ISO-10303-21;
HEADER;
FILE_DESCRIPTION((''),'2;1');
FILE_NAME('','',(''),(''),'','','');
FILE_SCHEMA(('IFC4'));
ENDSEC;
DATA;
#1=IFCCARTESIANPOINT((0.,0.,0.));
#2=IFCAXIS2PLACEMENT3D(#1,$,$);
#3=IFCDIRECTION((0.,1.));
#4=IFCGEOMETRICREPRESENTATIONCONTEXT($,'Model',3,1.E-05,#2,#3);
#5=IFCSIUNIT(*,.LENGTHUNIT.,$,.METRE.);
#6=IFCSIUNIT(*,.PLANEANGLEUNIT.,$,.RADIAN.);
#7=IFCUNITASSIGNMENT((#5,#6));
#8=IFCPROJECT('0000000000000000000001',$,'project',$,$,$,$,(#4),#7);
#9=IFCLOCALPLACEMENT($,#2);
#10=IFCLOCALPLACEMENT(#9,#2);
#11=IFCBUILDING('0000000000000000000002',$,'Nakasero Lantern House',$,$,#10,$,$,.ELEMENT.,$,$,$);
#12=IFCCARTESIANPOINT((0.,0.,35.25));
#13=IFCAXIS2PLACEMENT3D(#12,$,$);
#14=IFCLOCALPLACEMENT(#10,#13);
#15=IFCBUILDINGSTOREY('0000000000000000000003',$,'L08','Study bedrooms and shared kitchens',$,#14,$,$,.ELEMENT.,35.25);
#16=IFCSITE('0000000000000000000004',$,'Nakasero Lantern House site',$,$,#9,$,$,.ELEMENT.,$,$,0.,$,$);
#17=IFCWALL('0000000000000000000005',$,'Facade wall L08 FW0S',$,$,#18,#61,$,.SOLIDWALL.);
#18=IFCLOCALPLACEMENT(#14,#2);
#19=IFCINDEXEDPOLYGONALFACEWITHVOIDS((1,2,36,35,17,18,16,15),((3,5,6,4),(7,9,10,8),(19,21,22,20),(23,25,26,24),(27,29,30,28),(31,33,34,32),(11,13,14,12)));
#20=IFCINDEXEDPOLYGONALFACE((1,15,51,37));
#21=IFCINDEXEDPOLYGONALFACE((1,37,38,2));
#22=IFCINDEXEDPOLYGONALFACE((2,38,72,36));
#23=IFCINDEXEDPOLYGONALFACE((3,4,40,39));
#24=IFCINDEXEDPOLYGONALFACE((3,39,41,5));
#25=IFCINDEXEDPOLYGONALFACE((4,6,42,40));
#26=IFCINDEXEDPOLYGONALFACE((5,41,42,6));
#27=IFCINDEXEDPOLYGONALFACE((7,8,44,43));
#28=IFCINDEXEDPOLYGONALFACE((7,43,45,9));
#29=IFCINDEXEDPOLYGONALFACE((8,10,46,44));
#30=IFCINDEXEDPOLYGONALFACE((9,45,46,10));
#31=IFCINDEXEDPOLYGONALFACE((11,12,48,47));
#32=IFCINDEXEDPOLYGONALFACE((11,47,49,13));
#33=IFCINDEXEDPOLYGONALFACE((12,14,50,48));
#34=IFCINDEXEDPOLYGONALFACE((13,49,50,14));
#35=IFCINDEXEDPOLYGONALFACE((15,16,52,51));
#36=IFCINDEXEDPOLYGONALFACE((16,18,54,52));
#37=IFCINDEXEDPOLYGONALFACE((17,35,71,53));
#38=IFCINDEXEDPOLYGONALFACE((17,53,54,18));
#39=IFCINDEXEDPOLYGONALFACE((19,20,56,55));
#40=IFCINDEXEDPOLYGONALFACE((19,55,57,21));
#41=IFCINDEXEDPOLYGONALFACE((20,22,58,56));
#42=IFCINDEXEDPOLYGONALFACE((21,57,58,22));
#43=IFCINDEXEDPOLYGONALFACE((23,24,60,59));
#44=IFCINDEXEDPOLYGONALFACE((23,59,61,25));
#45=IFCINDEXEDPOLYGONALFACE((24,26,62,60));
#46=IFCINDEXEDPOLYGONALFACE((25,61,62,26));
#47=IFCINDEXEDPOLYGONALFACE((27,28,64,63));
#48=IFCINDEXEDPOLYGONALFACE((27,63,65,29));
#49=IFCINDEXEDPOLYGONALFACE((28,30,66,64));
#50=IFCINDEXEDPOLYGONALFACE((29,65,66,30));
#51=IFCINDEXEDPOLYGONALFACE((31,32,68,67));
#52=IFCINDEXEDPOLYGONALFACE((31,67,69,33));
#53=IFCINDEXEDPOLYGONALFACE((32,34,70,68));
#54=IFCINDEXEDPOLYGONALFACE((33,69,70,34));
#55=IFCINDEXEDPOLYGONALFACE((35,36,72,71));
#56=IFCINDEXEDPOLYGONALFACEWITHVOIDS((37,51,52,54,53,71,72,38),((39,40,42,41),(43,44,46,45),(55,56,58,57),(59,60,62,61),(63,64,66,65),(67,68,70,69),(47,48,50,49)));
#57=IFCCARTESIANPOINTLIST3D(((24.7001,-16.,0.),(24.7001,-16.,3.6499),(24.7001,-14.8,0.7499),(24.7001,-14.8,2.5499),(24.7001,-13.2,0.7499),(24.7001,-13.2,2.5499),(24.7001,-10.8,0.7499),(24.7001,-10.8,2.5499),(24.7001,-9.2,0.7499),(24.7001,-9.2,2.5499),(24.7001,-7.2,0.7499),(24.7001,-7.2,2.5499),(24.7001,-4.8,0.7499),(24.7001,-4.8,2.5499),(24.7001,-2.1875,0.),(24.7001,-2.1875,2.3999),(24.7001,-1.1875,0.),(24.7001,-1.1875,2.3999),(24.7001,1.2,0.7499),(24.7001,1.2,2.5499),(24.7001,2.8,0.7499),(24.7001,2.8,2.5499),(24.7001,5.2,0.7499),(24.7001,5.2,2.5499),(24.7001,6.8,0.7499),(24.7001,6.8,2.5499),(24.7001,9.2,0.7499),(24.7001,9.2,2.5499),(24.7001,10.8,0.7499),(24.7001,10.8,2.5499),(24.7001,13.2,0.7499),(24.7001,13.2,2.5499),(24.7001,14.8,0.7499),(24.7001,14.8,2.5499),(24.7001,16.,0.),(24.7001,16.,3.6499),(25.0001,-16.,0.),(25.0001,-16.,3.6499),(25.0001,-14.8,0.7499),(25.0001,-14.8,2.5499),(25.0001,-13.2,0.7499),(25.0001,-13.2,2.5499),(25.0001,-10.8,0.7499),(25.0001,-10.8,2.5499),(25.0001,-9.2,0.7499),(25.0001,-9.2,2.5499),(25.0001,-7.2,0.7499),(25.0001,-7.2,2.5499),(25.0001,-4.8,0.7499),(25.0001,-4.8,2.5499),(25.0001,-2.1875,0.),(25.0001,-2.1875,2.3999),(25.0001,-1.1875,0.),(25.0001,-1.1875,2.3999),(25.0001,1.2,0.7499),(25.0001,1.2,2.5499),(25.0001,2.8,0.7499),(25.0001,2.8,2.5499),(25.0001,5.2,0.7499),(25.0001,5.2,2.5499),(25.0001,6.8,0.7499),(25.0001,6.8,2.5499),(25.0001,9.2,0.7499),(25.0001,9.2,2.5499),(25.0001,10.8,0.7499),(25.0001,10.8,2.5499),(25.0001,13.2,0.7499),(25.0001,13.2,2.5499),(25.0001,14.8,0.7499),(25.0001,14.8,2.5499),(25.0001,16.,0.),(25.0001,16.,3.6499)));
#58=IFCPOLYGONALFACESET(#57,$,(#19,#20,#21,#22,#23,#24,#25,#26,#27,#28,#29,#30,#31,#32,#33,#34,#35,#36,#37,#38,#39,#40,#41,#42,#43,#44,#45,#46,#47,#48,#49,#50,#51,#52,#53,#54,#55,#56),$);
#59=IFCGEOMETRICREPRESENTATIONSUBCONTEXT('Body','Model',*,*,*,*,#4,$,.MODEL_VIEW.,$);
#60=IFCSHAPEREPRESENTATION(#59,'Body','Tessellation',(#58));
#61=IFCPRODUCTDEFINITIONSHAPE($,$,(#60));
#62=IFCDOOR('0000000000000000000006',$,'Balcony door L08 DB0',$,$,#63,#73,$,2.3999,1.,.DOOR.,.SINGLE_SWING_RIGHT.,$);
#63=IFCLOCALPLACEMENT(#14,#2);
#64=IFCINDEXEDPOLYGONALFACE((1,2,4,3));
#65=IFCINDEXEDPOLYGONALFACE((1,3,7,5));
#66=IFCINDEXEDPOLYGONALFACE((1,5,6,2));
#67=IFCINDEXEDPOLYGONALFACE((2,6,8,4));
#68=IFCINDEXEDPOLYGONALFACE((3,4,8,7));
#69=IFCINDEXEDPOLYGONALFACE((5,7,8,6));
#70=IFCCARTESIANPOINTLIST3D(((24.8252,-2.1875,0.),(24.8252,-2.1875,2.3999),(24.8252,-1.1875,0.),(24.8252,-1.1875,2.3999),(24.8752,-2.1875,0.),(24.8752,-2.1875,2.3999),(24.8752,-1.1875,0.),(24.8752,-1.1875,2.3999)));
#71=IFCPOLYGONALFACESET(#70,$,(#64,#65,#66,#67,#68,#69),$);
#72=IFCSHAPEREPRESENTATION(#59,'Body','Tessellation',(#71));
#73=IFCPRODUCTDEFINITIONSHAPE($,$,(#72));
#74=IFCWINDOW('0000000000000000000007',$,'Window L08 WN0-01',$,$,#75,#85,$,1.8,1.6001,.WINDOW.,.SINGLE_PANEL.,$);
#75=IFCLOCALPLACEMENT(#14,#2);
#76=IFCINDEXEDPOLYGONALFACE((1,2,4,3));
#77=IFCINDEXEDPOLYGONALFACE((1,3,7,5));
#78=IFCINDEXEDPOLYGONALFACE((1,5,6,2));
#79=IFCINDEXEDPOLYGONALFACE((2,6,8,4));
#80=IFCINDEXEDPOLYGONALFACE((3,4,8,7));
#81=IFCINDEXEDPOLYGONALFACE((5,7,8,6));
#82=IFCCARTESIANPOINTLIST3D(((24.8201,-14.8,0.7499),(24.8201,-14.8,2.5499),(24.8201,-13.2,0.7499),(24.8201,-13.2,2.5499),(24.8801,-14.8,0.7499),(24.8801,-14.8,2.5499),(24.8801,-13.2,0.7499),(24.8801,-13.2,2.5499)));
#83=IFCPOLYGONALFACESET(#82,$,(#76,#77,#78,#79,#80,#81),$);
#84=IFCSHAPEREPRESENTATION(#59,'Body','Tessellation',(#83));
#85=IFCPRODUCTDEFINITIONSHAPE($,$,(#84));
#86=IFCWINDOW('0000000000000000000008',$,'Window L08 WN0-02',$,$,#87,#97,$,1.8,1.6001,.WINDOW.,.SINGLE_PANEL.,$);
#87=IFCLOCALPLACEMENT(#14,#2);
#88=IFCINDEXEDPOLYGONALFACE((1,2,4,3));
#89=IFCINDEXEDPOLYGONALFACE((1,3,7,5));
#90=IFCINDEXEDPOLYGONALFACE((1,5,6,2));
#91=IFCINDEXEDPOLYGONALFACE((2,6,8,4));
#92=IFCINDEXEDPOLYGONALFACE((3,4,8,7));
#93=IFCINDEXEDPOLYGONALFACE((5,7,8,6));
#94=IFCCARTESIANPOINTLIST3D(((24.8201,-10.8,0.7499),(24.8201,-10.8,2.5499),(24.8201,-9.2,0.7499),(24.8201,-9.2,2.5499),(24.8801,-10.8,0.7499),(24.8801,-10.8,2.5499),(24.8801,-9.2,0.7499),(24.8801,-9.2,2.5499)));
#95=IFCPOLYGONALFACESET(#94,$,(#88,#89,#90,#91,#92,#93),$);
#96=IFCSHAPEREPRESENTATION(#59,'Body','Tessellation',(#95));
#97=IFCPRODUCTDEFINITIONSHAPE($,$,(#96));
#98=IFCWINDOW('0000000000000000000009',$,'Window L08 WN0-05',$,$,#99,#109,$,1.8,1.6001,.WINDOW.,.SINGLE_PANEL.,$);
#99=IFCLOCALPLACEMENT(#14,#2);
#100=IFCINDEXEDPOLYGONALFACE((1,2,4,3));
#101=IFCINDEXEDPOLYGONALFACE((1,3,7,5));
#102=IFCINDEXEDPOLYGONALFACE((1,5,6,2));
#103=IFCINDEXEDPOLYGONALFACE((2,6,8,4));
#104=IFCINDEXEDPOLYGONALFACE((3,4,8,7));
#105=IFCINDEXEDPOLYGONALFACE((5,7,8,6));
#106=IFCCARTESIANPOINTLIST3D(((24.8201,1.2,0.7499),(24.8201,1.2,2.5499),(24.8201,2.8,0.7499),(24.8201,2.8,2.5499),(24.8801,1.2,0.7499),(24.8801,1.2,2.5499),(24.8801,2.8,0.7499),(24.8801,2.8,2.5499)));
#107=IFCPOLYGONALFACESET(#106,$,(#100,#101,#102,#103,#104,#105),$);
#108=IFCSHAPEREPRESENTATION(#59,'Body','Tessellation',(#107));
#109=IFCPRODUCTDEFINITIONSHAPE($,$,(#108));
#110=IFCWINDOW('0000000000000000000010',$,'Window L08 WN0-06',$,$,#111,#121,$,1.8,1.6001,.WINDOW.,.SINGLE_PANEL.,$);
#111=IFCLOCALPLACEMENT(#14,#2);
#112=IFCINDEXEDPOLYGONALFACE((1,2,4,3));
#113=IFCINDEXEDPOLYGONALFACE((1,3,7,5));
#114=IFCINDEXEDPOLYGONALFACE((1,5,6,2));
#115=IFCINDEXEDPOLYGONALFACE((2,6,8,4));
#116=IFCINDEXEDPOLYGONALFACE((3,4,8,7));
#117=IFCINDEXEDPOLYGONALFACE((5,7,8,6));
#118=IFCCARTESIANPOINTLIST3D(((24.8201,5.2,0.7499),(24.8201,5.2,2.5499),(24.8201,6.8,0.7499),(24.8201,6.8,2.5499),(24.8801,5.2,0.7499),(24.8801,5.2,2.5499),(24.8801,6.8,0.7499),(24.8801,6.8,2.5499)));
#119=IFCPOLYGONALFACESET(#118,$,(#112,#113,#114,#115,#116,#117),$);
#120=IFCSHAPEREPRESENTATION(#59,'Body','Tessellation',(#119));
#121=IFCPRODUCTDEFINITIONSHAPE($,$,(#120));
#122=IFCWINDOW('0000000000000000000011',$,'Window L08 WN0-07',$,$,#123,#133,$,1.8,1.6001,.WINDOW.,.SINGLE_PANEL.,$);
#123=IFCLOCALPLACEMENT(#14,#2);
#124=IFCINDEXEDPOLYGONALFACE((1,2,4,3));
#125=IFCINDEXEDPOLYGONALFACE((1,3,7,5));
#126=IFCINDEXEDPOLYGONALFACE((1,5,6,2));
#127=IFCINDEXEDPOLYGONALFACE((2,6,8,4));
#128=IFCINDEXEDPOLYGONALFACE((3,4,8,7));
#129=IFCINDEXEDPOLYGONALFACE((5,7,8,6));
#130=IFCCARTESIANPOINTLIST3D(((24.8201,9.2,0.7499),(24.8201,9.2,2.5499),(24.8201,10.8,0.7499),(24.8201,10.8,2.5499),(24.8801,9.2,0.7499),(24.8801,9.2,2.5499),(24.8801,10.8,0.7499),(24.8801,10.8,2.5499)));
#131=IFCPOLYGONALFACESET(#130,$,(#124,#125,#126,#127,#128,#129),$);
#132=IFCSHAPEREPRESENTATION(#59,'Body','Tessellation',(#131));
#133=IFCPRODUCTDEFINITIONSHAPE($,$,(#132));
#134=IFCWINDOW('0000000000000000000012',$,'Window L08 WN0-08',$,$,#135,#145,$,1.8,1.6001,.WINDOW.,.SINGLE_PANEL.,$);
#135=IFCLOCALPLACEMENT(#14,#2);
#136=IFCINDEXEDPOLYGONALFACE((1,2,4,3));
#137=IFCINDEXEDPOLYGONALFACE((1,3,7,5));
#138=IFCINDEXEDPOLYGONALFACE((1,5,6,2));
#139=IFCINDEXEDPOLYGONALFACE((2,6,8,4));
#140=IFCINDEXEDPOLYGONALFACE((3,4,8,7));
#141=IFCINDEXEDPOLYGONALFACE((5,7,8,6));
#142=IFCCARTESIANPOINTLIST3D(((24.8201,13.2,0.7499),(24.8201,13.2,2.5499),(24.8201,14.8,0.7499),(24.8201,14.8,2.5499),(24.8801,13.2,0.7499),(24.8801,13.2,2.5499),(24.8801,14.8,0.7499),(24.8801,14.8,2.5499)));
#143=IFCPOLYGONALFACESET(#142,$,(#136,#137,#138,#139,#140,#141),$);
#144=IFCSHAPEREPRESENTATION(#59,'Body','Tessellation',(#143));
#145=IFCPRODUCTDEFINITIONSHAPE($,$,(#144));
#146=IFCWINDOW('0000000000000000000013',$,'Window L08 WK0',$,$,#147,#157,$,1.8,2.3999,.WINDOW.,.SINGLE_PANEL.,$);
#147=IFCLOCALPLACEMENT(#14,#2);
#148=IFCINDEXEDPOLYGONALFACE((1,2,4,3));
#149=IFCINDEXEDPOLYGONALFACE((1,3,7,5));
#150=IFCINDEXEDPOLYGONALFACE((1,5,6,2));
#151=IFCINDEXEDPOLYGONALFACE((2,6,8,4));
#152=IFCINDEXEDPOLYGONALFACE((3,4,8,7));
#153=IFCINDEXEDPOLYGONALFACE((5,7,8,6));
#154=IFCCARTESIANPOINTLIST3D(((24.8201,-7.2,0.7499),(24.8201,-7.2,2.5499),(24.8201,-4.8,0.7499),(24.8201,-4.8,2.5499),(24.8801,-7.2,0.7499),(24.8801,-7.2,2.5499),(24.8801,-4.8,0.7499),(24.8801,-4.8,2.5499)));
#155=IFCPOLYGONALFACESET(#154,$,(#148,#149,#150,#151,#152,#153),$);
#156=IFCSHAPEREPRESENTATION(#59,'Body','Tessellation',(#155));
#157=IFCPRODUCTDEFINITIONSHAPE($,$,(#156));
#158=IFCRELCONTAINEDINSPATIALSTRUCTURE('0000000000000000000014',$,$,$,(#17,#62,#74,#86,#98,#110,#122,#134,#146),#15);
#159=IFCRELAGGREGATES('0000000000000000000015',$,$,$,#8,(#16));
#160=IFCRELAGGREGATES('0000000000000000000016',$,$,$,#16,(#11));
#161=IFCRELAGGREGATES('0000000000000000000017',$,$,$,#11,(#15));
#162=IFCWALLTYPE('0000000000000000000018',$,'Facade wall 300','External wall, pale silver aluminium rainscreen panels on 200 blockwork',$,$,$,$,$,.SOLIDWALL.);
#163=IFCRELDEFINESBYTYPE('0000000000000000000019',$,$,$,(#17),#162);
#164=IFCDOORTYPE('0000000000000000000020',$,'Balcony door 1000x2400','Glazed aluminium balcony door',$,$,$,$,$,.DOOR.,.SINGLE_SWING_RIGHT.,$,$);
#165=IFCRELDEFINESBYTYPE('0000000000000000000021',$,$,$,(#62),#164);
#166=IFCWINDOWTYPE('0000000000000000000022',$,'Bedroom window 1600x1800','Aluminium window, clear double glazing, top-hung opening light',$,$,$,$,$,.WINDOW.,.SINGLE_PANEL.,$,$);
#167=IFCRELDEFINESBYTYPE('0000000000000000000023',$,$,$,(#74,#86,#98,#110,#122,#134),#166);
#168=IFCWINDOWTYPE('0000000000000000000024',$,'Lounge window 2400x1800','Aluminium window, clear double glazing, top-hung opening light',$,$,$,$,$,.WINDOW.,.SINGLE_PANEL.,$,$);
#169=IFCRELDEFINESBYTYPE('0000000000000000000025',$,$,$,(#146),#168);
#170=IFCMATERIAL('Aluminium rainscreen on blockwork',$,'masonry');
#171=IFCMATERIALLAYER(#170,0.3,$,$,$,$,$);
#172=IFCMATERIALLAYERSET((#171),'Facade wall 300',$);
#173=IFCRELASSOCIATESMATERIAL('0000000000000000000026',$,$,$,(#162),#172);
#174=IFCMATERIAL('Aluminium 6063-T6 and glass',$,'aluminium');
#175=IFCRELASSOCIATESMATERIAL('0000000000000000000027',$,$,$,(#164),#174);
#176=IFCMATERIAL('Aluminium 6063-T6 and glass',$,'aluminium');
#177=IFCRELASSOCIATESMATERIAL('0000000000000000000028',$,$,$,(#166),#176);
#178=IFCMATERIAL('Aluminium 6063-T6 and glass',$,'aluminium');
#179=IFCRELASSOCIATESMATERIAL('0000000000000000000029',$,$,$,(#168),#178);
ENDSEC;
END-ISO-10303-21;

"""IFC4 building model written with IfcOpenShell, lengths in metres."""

from ifc_helpers import new_model, si_unit, direction, frame, frame_2d, origin, place, context, subcontext, project, spatial, rectangle, extrude, material, layer, layer_set, type_object, element, fill, save


model = new_model("IFC4")

# Units and contexts
model_context = context("Model", 3, precision=1e-05, world=origin(), true_north=direction((0.0, 1.0)))
body_context = subcontext(model_context, "Body", "Model", "MODEL_VIEW")
ifc_project = project(units=[si_unit("LENGTHUNIT", "METRE"), si_unit("PLANEANGLEUNIT", "RADIAN")], contexts=[model_context])

# Site, building, storey
site_placement = place(None, origin())
site = spatial("IfcSite", under=ifc_project, at=site_placement, Name="Nakasero Lantern House site", CompositionType="ELEMENT", RefElevation=0.0)
building_placement = place(site_placement, origin())
building = spatial("IfcBuilding", under=site, at=building_placement, Name="Nakasero Lantern House", CompositionType="ELEMENT")
storey_placement = place(building_placement, frame((0.0, 0.0, 35.25)))
storey = spatial("IfcBuildingStorey", under=building, at=storey_placement, Name="L08", Description="Study bedrooms and shared kitchens", CompositionType="ELEMENT", Elevation=35.25)

# Wall, openings, door, windows
ifc_material_1 = material(Name="Aluminium rainscreen on blockwork", Category="masonry")
ifc_layer_1 = layer(ifc_material_1, 0.3)
ifc_layer_set_1 = layer_set([ifc_layer_1], Name="Facade wall 300")
wall_type_1 = type_object("IfcWallType", Name="Facade wall 300", Description="External wall, pale silver aluminium rainscreen panels on 200 blockwork", PredefinedType="SOLIDWALL", material=ifc_layer_set_1)
wall_1_placement = place(storey_placement, frame((24.8501, -16.0, 0.0), z_axis=(0.0, 0.0, 1.0), x_axis=(0.0, 1.0, 0.0)))
wall_1 = element("IfcWall", 1, at=wall_1_placement, inside=storey, type_object=wall_type_1, Name="Facade wall L08 FW0S", PredefinedType="SOLIDWALL", context=body_context, shape_type="SweptSolid", body=[
    extrude(rectangle(XDim=32.0, YDim=0.3, at=frame_2d((16.0, 0.0))), origin(), (0.0, 0.0, 1.0), 3.6499),
])
opening_1_placement = place(wall_1_placement, frame((1.2, 0.0, 0.75)))
opening_1 = element("IfcOpeningElement", 2, at=opening_1_placement, cuts=wall_1, PredefinedType="OPENING", context=body_context, shape_type="SweptSolid", body=[
    extrude(rectangle(XDim=1.6001, YDim=1.8, at=frame_2d((0.8, 0.8999))), frame((0.0, 0.1699, 0.0), z_axis=(0.0, -1.0, 0.0), x_axis=(1.0, 0.0, 0.0)), (0.0, 0.0, 1.0), 0.3401),
])
opening_2_placement = place(wall_1_placement, frame((5.2, 0.0, 0.75)))
opening_2 = element("IfcOpeningElement", 3, at=opening_2_placement, cuts=wall_1, PredefinedType="OPENING", context=body_context, shape_type="SweptSolid", body=[
    extrude(rectangle(XDim=1.6001, YDim=1.8, at=frame_2d((0.8, 0.8999))), frame((0.0, 0.1699, 0.0), z_axis=(0.0, -1.0, 0.0), x_axis=(1.0, 0.0, 0.0)), (0.0, 0.0, 1.0), 0.3401),
])
opening_3_placement = place(wall_1_placement, frame((17.2, 0.0, 0.75)))
opening_3 = element("IfcOpeningElement", 4, at=opening_3_placement, cuts=wall_1, PredefinedType="OPENING", context=body_context, shape_type="SweptSolid", body=[
    extrude(rectangle(XDim=1.6001, YDim=1.8, at=frame_2d((0.8, 0.8999))), frame((0.0, 0.1699, 0.0), z_axis=(0.0, -1.0, 0.0), x_axis=(1.0, 0.0, 0.0)), (0.0, 0.0, 1.0), 0.3401),
])
opening_4_placement = place(wall_1_placement, frame((21.2, 0.0, 0.75)))
opening_4 = element("IfcOpeningElement", 5, at=opening_4_placement, cuts=wall_1, PredefinedType="OPENING", context=body_context, shape_type="SweptSolid", body=[
    extrude(rectangle(XDim=1.6001, YDim=1.8, at=frame_2d((0.8, 0.8999))), frame((0.0, 0.1699, 0.0), z_axis=(0.0, -1.0, 0.0), x_axis=(1.0, 0.0, 0.0)), (0.0, 0.0, 1.0), 0.3401),
])
opening_5_placement = place(wall_1_placement, frame((25.2, 0.0, 0.75)))
opening_5 = element("IfcOpeningElement", 6, at=opening_5_placement, cuts=wall_1, PredefinedType="OPENING", context=body_context, shape_type="SweptSolid", body=[
    extrude(rectangle(XDim=1.6001, YDim=1.8, at=frame_2d((0.8, 0.8999))), frame((0.0, 0.1699, 0.0), z_axis=(0.0, -1.0, 0.0), x_axis=(1.0, 0.0, 0.0)), (0.0, 0.0, 1.0), 0.3401),
])
opening_6_placement = place(wall_1_placement, frame((29.2, 0.0, 0.75)))
opening_6 = element("IfcOpeningElement", 7, at=opening_6_placement, cuts=wall_1, PredefinedType="OPENING", context=body_context, shape_type="SweptSolid", body=[
    extrude(rectangle(XDim=1.6001, YDim=1.8, at=frame_2d((0.8, 0.8999))), frame((0.0, 0.1699, 0.0), z_axis=(0.0, -1.0, 0.0), x_axis=(1.0, 0.0, 0.0)), (0.0, 0.0, 1.0), 0.3401),
])
opening_7_placement = place(wall_1_placement, frame((8.8, 0.0, 0.75)))
opening_7 = element("IfcOpeningElement", 8, at=opening_7_placement, cuts=wall_1, PredefinedType="OPENING", context=body_context, shape_type="SweptSolid", body=[
    extrude(rectangle(XDim=2.3999, YDim=1.8, at=frame_2d((1.2, 0.8999))), frame((0.0, 0.1699, 0.0), z_axis=(0.0, -1.0, 0.0), x_axis=(1.0, 0.0, 0.0)), (0.0, 0.0, 1.0), 0.3401),
])
opening_8_placement = place(wall_1_placement, frame((13.8125, 0.0, 0.0)))
opening_8 = element("IfcOpeningElement", 9, at=opening_8_placement, cuts=wall_1, PredefinedType="OPENING", context=body_context, shape_type="SweptSolid", body=[
    extrude(rectangle(XDim=1.0, YDim=2.3999, at=frame_2d((0.5, 1.2))), frame((0.0, 0.1699, 0.0), z_axis=(0.0, -1.0, 0.0), x_axis=(1.0, 0.0, 0.0)), (0.0, 0.0, 1.0), 0.3401),
])
ifc_material_2 = material(Name="Aluminium 6063-T6 and glass", Category="aluminium")
door_type = type_object("IfcDoorType", Name="Balcony door 1000x2400", Description="Glazed aluminium balcony door", OperationType="SINGLE_SWING_RIGHT", PredefinedType="DOOR", material=ifc_material_2)
door_placement = place(opening_8_placement, origin())
door = element("IfcDoor", 10, at=door_placement, inside=storey, type_object=door_type, Name="Balcony door L08 DB0", OperationType="SINGLE_SWING_RIGHT", OverallHeight=2.3999, OverallWidth=1.0, PredefinedType="DOOR", context=body_context, shape_type="SweptSolid", body=[
    extrude(rectangle(XDim=1.0, YDim=2.3999, at=frame_2d((0.5, 1.2))), frame((0.0, 0.0249, 0.0), z_axis=(0.0, -1.0, 0.0), x_axis=(1.0, 0.0, 0.0)), (0.0, 0.0, 1.0), 0.05),
])
fill(opening_8, door)
ifc_material_3 = material(Name="Aluminium 6063-T6 and glass", Category="aluminium")
window_type_1 = type_object("IfcWindowType", Name="Bedroom window 1600x1800", Description="Aluminium window, clear double glazing, top-hung opening light", PartitioningType="SINGLE_PANEL", PredefinedType="WINDOW", material=ifc_material_3)
window_1_placement = place(opening_1_placement, origin())
window_1 = element("IfcWindow", 11, at=window_1_placement, inside=storey, type_object=window_type_1, Name="Window L08 WN0-01", OverallHeight=1.8, OverallWidth=1.6001, PartitioningType="SINGLE_PANEL", PredefinedType="WINDOW", context=body_context, shape_type="SweptSolid", body=[
    extrude(rectangle(XDim=1.6001, YDim=1.8, at=frame_2d((0.8, 0.8999))), frame((0.0, 0.03, 0.0), z_axis=(0.0, -1.0, 0.0), x_axis=(1.0, 0.0, 0.0)), (0.0, 0.0, 1.0), 0.0601),
])
fill(opening_1, window_1)
window_2_placement = place(opening_2_placement, origin())
window_2 = element("IfcWindow", 12, at=window_2_placement, inside=storey, type_object=window_type_1, Name="Window L08 WN0-02", OverallHeight=1.8, OverallWidth=1.6001, PartitioningType="SINGLE_PANEL", PredefinedType="WINDOW", context=body_context, shape_type="SweptSolid", body=[
    extrude(rectangle(XDim=1.6001, YDim=1.8, at=frame_2d((0.8, 0.8999))), frame((0.0, 0.03, 0.0), z_axis=(0.0, -1.0, 0.0), x_axis=(1.0, 0.0, 0.0)), (0.0, 0.0, 1.0), 0.0601),
])
fill(opening_2, window_2)
window_3_placement = place(opening_3_placement, origin())
window_3 = element("IfcWindow", 13, at=window_3_placement, inside=storey, type_object=window_type_1, Name="Window L08 WN0-05", OverallHeight=1.8, OverallWidth=1.6001, PartitioningType="SINGLE_PANEL", PredefinedType="WINDOW", context=body_context, shape_type="SweptSolid", body=[
    extrude(rectangle(XDim=1.6001, YDim=1.8, at=frame_2d((0.8, 0.8999))), frame((0.0, 0.03, 0.0), z_axis=(0.0, -1.0, 0.0), x_axis=(1.0, 0.0, 0.0)), (0.0, 0.0, 1.0), 0.0601),
])
fill(opening_3, window_3)
window_4_placement = place(opening_4_placement, origin())
window_4 = element("IfcWindow", 14, at=window_4_placement, inside=storey, type_object=window_type_1, Name="Window L08 WN0-06", OverallHeight=1.8, OverallWidth=1.6001, PartitioningType="SINGLE_PANEL", PredefinedType="WINDOW", context=body_context, shape_type="SweptSolid", body=[
    extrude(rectangle(XDim=1.6001, YDim=1.8, at=frame_2d((0.8, 0.8999))), frame((0.0, 0.03, 0.0), z_axis=(0.0, -1.0, 0.0), x_axis=(1.0, 0.0, 0.0)), (0.0, 0.0, 1.0), 0.0601),
])
fill(opening_4, window_4)
window_5_placement = place(opening_5_placement, origin())
window_5 = element("IfcWindow", 15, at=window_5_placement, inside=storey, type_object=window_type_1, Name="Window L08 WN0-07", OverallHeight=1.8, OverallWidth=1.6001, PartitioningType="SINGLE_PANEL", PredefinedType="WINDOW", context=body_context, shape_type="SweptSolid", body=[
    extrude(rectangle(XDim=1.6001, YDim=1.8, at=frame_2d((0.8, 0.8999))), frame((0.0, 0.03, 0.0), z_axis=(0.0, -1.0, 0.0), x_axis=(1.0, 0.0, 0.0)), (0.0, 0.0, 1.0), 0.0601),
])
fill(opening_5, window_5)
window_6_placement = place(opening_6_placement, origin())
window_6 = element("IfcWindow", 16, at=window_6_placement, inside=storey, type_object=window_type_1, Name="Window L08 WN0-08", OverallHeight=1.8, OverallWidth=1.6001, PartitioningType="SINGLE_PANEL", PredefinedType="WINDOW", context=body_context, shape_type="SweptSolid", body=[
    extrude(rectangle(XDim=1.6001, YDim=1.8, at=frame_2d((0.8, 0.8999))), frame((0.0, 0.03, 0.0), z_axis=(0.0, -1.0, 0.0), x_axis=(1.0, 0.0, 0.0)), (0.0, 0.0, 1.0), 0.0601),
])
fill(opening_6, window_6)
ifc_material_4 = material(Name="Aluminium 6063-T6 and glass", Category="aluminium")
window_type_2 = type_object("IfcWindowType", Name="Lounge window 2400x1800", Description="Aluminium window, clear double glazing, top-hung opening light", PartitioningType="SINGLE_PANEL", PredefinedType="WINDOW", material=ifc_material_4)
window_7_placement = place(opening_7_placement, origin())
window_7 = element("IfcWindow", 17, at=window_7_placement, inside=storey, type_object=window_type_2, Name="Window L08 WK0", OverallHeight=1.8, OverallWidth=2.3999, PartitioningType="SINGLE_PANEL", PredefinedType="WINDOW", context=body_context, shape_type="SweptSolid", body=[
    extrude(rectangle(XDim=2.3999, YDim=1.8, at=frame_2d((1.2, 0.8999))), frame((0.0, 0.03, 0.0), z_axis=(0.0, -1.0, 0.0), x_axis=(1.0, 0.0, 0.0)), (0.0, 0.0, 1.0), 0.0601),
])
fill(opening_7, window_7)

save(model, "model.ifc")
